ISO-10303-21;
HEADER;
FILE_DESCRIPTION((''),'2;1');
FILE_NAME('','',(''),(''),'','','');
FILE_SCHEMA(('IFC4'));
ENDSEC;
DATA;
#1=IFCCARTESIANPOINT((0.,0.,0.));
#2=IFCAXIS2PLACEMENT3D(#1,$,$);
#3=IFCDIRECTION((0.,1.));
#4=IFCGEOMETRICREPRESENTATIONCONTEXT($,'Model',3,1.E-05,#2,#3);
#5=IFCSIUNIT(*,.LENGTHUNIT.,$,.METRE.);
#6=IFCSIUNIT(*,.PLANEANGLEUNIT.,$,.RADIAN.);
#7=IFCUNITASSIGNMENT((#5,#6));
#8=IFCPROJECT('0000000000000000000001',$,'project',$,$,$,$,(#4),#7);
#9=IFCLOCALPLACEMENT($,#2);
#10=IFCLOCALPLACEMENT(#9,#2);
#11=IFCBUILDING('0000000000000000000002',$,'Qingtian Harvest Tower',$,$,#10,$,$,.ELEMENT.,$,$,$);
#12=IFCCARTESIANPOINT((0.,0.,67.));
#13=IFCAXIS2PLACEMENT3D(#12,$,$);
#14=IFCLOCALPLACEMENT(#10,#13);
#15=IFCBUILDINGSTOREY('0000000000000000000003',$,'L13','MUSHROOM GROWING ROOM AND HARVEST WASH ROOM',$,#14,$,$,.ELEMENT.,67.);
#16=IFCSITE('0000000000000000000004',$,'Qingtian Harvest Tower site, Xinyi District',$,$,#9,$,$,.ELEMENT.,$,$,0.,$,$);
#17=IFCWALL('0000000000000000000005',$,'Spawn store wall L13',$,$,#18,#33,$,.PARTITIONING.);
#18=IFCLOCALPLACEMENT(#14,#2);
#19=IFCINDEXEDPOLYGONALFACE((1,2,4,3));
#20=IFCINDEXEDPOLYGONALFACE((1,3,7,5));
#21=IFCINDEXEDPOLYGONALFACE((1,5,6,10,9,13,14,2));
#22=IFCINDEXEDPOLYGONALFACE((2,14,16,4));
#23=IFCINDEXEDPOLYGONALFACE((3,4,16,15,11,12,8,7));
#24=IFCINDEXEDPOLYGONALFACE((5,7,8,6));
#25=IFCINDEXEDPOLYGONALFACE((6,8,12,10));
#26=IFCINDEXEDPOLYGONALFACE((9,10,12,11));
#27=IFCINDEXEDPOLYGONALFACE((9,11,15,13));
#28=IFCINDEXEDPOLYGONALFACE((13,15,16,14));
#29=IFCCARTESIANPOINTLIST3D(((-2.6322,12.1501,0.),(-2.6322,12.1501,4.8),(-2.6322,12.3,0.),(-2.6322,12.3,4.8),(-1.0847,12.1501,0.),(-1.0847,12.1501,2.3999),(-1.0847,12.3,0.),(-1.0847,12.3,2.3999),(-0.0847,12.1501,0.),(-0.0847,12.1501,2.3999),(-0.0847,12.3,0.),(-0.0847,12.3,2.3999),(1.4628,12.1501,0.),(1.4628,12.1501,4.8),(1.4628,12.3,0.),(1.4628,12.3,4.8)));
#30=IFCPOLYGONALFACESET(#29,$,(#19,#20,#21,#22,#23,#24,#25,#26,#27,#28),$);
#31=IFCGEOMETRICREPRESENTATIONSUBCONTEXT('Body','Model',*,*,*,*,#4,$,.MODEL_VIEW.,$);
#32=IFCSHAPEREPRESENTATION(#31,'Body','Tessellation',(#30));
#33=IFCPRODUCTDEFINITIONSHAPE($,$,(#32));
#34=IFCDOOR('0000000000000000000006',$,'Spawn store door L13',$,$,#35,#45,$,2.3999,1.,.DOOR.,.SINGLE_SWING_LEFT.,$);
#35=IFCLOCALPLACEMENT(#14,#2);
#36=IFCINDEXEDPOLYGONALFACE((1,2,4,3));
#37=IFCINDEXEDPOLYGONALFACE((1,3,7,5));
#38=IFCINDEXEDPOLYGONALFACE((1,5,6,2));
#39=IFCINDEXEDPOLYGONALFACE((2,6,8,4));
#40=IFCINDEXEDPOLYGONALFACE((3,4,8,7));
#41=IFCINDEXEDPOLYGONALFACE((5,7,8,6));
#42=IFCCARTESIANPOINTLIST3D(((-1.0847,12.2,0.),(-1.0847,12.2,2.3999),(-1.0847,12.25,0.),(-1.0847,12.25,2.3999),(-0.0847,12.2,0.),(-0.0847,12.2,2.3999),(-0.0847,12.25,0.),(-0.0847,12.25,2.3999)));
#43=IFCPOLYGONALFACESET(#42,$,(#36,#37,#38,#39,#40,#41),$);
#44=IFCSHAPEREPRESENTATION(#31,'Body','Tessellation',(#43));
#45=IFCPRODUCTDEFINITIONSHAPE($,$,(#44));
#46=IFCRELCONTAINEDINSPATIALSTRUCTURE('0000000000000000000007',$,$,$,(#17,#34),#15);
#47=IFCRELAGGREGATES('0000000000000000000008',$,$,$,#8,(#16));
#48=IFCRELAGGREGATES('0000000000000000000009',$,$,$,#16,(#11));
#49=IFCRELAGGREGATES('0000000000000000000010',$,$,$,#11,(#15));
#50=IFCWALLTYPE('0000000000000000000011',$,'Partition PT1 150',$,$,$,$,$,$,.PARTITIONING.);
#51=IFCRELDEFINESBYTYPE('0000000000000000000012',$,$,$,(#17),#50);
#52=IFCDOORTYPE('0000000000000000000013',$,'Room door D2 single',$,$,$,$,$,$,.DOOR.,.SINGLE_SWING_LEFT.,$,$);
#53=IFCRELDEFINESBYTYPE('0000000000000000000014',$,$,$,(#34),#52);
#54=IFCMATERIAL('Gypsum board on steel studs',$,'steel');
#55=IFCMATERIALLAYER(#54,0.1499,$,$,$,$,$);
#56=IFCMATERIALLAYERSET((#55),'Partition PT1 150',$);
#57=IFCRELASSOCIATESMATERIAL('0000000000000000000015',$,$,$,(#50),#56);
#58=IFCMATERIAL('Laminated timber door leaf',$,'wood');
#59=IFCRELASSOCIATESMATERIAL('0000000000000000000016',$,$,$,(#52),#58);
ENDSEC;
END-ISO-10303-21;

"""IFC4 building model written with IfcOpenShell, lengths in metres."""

from ifc_helpers import new_model, si_unit, direction, frame, frame_2d, origin, place, context, subcontext, project, spatial, rectangle, extrude, material, layer, layer_set, type_object, element, fill, save


model = new_model("IFC4")

# Units and contexts
model_context = context("Model", 3, precision=1e-05, world=origin(), true_north=direction((0.0, 1.0)))
body_context = subcontext(model_context, "Body", "Model", "MODEL_VIEW")
ifc_project = project(units=[si_unit("LENGTHUNIT", "METRE"), si_unit("PLANEANGLEUNIT", "RADIAN")], contexts=[model_context])

# Site, building, storey
site_placement = place(None, origin())
site = spatial("IfcSite", under=ifc_project, at=site_placement, Name="Qingtian Harvest Tower site, Xinyi District", CompositionType="ELEMENT", RefElevation=0.0)
building_placement = place(site_placement, origin())
building = spatial("IfcBuilding", under=site, at=building_placement, Name="Qingtian Harvest Tower", CompositionType="ELEMENT")
storey_placement = place(building_placement, frame((0.0, 0.0, 67.0)))
storey = spatial("IfcBuildingStorey", under=building, at=storey_placement, Name="L13", Description="MUSHROOM GROWING ROOM AND HARVEST WASH ROOM", CompositionType="ELEMENT", Elevation=67.0)

# Shared definitions
ifc_material_1 = material(Name="Gypsum board on steel studs", Category="steel")
ifc_layer_1 = layer(ifc_material_1, 0.1499)
ifc_layer_set_1 = layer_set([ifc_layer_1], Name="Partition PT1 150")
wall_type = type_object("IfcWallType", Name="Partition PT1 150", PredefinedType="PARTITIONING", material=ifc_layer_set_1)
ifc_material_2 = material(Name="Laminated timber door leaf", Category="wood")
door_type = type_object("IfcDoorType", Name="Room door D2 single", OperationType="SINGLE_SWING_LEFT", PredefinedType="DOOR", material=ifc_material_2)

# Wall, opening, door
wall_1_placement = place(storey_placement, frame((-2.6321, 12.2251, 0.0), z_axis=(0.0, 0.0, 1.0), x_axis=(1.0, 0.0, 0.0)))
wall_1 = element("IfcWall", 1, at=wall_1_placement, inside=storey, type_object=wall_type, Name="Spawn store wall L13", PredefinedType="PARTITIONING", context=body_context, shape_type="SweptSolid", body=[
    extrude(rectangle(XDim=4.095, YDim=0.1499, at=frame_2d((2.0474, 0.0))), origin(), (0.0, 0.0, 1.0), 4.8),
])
opening_1_placement = place(wall_1_placement, frame((1.5474, 0.0, 0.0)))
opening_1 = element("IfcOpeningElement", 2, at=opening_1_placement, cuts=wall_1, PredefinedType="OPENING", context=body_context, shape_type="SweptSolid", body=[
    extrude(rectangle(XDim=1.0, YDim=2.3999, at=frame_2d((0.5, 1.2))), frame((0.0, 0.085, 0.0), z_axis=(0.0, -1.0, 0.0), x_axis=(1.0, 0.0, 0.0)), (0.0, 0.0, 1.0), 0.1699),
])
door_1_placement = place(opening_1_placement, origin())
door_1 = element("IfcDoor", 3, at=door_1_placement, inside=storey, type_object=door_type, Name="Spawn store door L13", OperationType="SINGLE_SWING_LEFT", OverallHeight=2.3999, OverallWidth=1.0, PredefinedType="DOOR", context=body_context, shape_type="SweptSolid", body=[
    extrude(rectangle(XDim=1.0, YDim=2.3999, at=frame_2d((0.5, 1.2))), frame((0.0, 0.0249, 0.0), z_axis=(0.0, -1.0, 0.0), x_axis=(1.0, 0.0, 0.0)), (0.0, 0.0, 1.0), 0.05),
])
fill(opening_1, door_1)

save(model, "model.ifc")
